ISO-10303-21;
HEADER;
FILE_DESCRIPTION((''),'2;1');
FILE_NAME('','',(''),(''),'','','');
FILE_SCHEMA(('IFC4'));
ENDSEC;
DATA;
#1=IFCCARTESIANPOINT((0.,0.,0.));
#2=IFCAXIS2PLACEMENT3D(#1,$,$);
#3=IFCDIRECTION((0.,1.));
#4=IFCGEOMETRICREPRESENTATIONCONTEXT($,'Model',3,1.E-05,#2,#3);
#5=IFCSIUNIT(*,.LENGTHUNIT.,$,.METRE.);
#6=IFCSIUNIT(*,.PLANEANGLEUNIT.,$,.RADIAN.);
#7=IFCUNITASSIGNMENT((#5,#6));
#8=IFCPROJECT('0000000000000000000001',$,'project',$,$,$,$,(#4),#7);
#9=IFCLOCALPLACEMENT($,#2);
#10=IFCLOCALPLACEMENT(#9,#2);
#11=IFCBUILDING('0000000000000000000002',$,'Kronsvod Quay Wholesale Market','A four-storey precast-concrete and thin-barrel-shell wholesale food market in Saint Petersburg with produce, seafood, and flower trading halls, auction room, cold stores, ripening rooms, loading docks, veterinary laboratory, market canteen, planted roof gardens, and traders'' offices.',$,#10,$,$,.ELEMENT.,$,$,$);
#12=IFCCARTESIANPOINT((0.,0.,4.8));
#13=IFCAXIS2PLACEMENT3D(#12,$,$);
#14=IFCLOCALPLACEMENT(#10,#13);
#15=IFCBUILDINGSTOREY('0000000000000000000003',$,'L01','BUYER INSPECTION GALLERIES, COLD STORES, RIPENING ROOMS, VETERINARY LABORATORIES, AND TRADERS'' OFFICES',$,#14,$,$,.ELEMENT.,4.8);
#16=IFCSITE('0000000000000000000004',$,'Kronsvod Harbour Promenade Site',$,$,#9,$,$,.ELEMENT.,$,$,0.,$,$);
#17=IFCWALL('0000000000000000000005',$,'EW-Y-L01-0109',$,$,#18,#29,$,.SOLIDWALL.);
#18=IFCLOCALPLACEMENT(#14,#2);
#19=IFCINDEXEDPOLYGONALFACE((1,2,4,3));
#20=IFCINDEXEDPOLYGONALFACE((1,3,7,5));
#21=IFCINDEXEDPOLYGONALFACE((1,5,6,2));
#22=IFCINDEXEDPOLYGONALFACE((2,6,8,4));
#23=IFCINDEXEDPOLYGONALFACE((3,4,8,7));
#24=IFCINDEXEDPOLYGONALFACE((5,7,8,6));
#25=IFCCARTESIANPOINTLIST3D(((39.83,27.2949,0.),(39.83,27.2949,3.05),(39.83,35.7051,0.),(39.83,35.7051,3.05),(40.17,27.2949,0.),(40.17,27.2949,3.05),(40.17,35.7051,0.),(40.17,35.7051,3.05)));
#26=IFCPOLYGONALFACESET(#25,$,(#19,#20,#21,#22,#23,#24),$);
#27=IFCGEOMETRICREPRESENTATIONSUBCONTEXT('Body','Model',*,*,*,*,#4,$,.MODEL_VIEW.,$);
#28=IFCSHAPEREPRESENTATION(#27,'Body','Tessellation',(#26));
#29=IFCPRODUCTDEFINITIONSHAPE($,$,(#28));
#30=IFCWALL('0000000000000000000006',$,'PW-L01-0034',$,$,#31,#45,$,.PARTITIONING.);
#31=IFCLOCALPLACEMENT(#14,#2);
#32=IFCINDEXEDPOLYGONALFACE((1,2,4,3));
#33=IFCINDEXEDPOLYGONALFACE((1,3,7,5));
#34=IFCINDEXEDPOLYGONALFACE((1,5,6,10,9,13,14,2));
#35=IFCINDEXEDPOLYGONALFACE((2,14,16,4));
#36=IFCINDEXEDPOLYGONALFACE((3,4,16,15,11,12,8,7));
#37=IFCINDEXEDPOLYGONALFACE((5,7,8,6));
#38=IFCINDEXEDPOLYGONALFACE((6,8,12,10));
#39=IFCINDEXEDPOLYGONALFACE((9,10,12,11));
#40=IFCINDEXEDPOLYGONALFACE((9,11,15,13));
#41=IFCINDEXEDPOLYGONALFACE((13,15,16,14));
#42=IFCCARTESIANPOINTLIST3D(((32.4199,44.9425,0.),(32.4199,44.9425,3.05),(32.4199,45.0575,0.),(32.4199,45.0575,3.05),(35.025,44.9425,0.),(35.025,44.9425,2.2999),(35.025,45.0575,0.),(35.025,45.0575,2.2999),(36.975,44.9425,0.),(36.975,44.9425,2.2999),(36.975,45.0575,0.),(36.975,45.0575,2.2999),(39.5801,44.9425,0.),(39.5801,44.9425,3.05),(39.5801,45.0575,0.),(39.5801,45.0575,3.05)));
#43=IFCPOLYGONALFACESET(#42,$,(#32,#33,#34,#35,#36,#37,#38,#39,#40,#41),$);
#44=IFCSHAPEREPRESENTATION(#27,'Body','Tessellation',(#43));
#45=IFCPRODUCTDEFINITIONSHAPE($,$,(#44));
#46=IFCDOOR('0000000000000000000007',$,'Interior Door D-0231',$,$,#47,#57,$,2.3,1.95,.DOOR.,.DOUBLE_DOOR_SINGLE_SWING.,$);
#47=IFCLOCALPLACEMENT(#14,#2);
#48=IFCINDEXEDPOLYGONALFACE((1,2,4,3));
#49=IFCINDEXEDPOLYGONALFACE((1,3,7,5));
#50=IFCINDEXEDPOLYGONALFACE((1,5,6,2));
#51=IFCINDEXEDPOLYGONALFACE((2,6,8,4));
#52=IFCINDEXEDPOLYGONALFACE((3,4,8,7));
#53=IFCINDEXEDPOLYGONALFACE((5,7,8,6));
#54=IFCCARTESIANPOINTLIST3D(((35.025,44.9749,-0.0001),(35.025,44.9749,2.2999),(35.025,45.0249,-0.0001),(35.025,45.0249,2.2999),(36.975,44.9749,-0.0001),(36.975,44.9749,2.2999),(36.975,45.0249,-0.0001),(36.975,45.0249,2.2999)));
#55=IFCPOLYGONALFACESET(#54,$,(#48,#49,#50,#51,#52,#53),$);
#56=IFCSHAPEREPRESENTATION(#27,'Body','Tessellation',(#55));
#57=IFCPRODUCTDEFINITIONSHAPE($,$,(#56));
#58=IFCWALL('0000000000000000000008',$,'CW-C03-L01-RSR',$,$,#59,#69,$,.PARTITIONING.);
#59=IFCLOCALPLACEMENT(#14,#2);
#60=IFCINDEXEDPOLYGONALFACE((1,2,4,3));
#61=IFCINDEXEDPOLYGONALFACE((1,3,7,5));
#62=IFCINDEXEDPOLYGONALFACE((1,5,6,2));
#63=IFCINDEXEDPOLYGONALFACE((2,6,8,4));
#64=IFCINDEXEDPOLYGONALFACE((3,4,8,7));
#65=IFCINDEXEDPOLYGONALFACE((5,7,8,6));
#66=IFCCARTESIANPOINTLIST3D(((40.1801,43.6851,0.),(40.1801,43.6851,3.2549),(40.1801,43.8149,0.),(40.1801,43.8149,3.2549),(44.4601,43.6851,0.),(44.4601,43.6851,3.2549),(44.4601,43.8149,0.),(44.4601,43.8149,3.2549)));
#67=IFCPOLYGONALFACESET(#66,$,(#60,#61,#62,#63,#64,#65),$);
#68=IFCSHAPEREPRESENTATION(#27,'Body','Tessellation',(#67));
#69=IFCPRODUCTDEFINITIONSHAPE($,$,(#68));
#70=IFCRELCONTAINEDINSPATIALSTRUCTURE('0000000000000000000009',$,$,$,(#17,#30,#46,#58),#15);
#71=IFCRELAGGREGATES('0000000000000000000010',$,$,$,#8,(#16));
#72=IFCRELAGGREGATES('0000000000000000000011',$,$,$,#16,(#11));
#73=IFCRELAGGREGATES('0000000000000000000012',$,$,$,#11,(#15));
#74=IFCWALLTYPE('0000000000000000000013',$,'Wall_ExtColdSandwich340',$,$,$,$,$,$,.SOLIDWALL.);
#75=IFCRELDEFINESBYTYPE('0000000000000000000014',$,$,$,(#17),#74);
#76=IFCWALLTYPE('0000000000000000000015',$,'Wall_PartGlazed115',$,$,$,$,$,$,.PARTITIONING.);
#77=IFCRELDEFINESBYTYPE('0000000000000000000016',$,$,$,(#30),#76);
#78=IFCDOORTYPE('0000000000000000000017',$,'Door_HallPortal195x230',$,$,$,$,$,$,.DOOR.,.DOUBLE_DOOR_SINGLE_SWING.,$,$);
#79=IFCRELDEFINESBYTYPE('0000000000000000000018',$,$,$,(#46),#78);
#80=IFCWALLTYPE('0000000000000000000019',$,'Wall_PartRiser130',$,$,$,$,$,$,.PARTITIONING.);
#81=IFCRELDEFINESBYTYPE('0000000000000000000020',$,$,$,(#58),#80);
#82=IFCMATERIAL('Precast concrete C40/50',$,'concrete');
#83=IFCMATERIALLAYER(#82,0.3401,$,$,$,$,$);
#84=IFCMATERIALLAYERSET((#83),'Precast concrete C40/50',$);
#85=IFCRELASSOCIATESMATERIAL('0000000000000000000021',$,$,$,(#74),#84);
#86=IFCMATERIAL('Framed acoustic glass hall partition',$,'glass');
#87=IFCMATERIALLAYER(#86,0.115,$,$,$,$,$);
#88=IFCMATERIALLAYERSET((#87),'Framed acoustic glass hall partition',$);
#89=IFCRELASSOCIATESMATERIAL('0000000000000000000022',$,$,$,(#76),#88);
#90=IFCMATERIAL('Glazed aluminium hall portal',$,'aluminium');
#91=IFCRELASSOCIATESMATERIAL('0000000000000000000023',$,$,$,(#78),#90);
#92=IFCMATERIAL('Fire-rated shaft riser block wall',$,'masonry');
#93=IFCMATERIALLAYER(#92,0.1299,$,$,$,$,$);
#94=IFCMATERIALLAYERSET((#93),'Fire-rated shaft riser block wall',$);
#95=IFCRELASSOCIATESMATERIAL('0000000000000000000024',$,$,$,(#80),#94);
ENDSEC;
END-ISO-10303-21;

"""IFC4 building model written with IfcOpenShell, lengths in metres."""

from ifc_helpers import new_model, si_unit, direction, frame, frame_2d, origin, place, context, subcontext, project, spatial, rectangle, extrude, material, layer, layer_set, type_object, element, fill, save


model = new_model("IFC4")

# Units and contexts
model_context = context("Model", 3, precision=1e-05, world=origin(), true_north=direction((0.0, 1.0)))
body_context = subcontext(model_context, "Body", "Model", "MODEL_VIEW")
ifc_project = project(units=[si_unit("LENGTHUNIT", "METRE"), si_unit("PLANEANGLEUNIT", "RADIAN")], contexts=[model_context])

# Site, building, storey
site_placement = place(None, origin())
site = spatial("IfcSite", under=ifc_project, at=site_placement, Name="Kronsvod Harbour Promenade Site", CompositionType="ELEMENT", RefElevation=0.0)
building_placement = place(site_placement, origin())
building = spatial("IfcBuilding", under=site, at=building_placement, Name="Kronsvod Quay Wholesale Market", Description="A four-storey precast-concrete and thin-barrel-shell wholesale food market in Saint Petersburg with produce, seafood, and flower trading halls, auction room, cold stores, ripening rooms, loading docks, veterinary laboratory, market canteen, planted roof gardens, and traders' offices.", CompositionType="ELEMENT")
storey_placement = place(building_placement, frame((0.0, 0.0, 4.8)))
storey = spatial("IfcBuildingStorey", under=building, at=storey_placement, Name="L01", Description="BUYER INSPECTION GALLERIES, COLD STORES, RIPENING ROOMS, VETERINARY LABORATORIES, AND TRADERS' OFFICES", CompositionType="ELEMENT", Elevation=4.8)

# Wall
ifc_material_1 = material(Name="Precast concrete C40/50", Category="concrete")
ifc_layer_1 = layer(ifc_material_1, 0.3401)
ifc_layer_set_1 = layer_set([ifc_layer_1], Name="Precast concrete C40/50")
wall_type_1 = type_object("IfcWallType", Name="Wall_ExtColdSandwich340", PredefinedType="SOLIDWALL", material=ifc_layer_set_1)
wall_1_placement = place(storey_placement, frame((40.0, 27.2949, 0.0), z_axis=(0.0, 0.0, 1.0), x_axis=(0.0, 1.0, 0.0)))
element("IfcWall", 1, at=wall_1_placement, inside=storey, type_object=wall_type_1, Name="EW-Y-L01-0109", PredefinedType="SOLIDWALL", context=body_context, shape_type="SweptSolid", body=[
    extrude(rectangle(XDim=8.4102, YDim=0.3401, at=frame_2d((4.2051, 0.0))), origin(), (0.0, 0.0, 1.0), 3.05),
])

# Wall, opening, door
ifc_material_2 = material(Name="Framed acoustic glass hall partition", Category="glass")
ifc_layer_2 = layer(ifc_material_2, 0.115)
ifc_layer_set_2 = layer_set([ifc_layer_2], Name="Framed acoustic glass hall partition")
wall_type_2 = type_object("IfcWallType", Name="Wall_PartGlazed115", PredefinedType="PARTITIONING", material=ifc_layer_set_2)
wall_2_placement = place(storey_placement, frame((32.4199, 45.0, 0.0), z_axis=(0.0, 0.0, 1.0), x_axis=(1.0, 0.0, 0.0)))
wall_2 = element("IfcWall", 2, at=wall_2_placement, inside=storey, type_object=wall_type_2, Name="PW-L01-0034", PredefinedType="PARTITIONING", context=body_context, shape_type="SweptSolid", body=[
    extrude(rectangle(XDim=7.1602, YDim=0.115, at=frame_2d((3.5801, 0.0))), origin(), (0.0, 0.0, 1.0), 3.05),
])
opening_1_placement = place(wall_2_placement, frame((2.605, 0.0, 0.0)))
opening_1 = element("IfcOpeningElement", 3, at=opening_1_placement, cuts=wall_2, PredefinedType="OPENING", context=body_context, shape_type="SweptSolid", body=[
    extrude(rectangle(XDim=1.95, YDim=2.3, at=frame_2d((0.9751, 1.1499))), frame((0.0, 0.0674, 0.0), z_axis=(0.0, -1.0, 0.0), x_axis=(1.0, 0.0, 0.0)), (0.0, 0.0, 1.0), 0.135),
])
ifc_material_3 = material(Name="Glazed aluminium hall portal", Category="aluminium")
door_type_1 = type_object("IfcDoorType", Name="Door_HallPortal195x230", OperationType="DOUBLE_DOOR_SINGLE_SWING", PredefinedType="DOOR", material=ifc_material_3)
door_1_placement = place(opening_1_placement, origin())
door_1 = element("IfcDoor", 4, at=door_1_placement, inside=storey, type_object=door_type_1, Name="Interior Door D-0231", OperationType="DOUBLE_DOOR_SINGLE_SWING", OverallHeight=2.3, OverallWidth=1.95, PredefinedType="DOOR", context=body_context, shape_type="SweptSolid", body=[
    extrude(rectangle(XDim=1.95, YDim=2.3, at=frame_2d((0.9751, 1.1499))), frame((0.0, 0.0249, 0.0), z_axis=(0.0, -1.0, 0.0), x_axis=(1.0, 0.0, 0.0)), (0.0, 0.0, 1.0), 0.05),
])
fill(opening_1, door_1)

# Wall
ifc_material_4 = material(Name="Fire-rated shaft riser block wall", Category="masonry")
ifc_layer_3 = layer(ifc_material_4, 0.1299)
ifc_layer_set_3 = layer_set([ifc_layer_3], Name="Fire-rated shaft riser block wall")
wall_type_3 = type_object("IfcWallType", Name="Wall_PartRiser130", PredefinedType="PARTITIONING", material=ifc_layer_set_3)
wall_3_placement = place(storey_placement, frame((40.1799, 43.75, 0.0), z_axis=(0.0, 0.0, 1.0), x_axis=(1.0, 0.0, 0.0)))
element("IfcWall", 5, at=wall_3_placement, inside=storey, type_object=wall_type_3, Name="CW-C03-L01-RSR", PredefinedType="PARTITIONING", context=body_context, shape_type="SweptSolid", body=[
    extrude(rectangle(XDim=4.28, YDim=0.1299, at=frame_2d((2.1401, 0.0))), origin(), (0.0, 0.0, 1.0), 3.2549),
])

save(model, "model.ifc")
